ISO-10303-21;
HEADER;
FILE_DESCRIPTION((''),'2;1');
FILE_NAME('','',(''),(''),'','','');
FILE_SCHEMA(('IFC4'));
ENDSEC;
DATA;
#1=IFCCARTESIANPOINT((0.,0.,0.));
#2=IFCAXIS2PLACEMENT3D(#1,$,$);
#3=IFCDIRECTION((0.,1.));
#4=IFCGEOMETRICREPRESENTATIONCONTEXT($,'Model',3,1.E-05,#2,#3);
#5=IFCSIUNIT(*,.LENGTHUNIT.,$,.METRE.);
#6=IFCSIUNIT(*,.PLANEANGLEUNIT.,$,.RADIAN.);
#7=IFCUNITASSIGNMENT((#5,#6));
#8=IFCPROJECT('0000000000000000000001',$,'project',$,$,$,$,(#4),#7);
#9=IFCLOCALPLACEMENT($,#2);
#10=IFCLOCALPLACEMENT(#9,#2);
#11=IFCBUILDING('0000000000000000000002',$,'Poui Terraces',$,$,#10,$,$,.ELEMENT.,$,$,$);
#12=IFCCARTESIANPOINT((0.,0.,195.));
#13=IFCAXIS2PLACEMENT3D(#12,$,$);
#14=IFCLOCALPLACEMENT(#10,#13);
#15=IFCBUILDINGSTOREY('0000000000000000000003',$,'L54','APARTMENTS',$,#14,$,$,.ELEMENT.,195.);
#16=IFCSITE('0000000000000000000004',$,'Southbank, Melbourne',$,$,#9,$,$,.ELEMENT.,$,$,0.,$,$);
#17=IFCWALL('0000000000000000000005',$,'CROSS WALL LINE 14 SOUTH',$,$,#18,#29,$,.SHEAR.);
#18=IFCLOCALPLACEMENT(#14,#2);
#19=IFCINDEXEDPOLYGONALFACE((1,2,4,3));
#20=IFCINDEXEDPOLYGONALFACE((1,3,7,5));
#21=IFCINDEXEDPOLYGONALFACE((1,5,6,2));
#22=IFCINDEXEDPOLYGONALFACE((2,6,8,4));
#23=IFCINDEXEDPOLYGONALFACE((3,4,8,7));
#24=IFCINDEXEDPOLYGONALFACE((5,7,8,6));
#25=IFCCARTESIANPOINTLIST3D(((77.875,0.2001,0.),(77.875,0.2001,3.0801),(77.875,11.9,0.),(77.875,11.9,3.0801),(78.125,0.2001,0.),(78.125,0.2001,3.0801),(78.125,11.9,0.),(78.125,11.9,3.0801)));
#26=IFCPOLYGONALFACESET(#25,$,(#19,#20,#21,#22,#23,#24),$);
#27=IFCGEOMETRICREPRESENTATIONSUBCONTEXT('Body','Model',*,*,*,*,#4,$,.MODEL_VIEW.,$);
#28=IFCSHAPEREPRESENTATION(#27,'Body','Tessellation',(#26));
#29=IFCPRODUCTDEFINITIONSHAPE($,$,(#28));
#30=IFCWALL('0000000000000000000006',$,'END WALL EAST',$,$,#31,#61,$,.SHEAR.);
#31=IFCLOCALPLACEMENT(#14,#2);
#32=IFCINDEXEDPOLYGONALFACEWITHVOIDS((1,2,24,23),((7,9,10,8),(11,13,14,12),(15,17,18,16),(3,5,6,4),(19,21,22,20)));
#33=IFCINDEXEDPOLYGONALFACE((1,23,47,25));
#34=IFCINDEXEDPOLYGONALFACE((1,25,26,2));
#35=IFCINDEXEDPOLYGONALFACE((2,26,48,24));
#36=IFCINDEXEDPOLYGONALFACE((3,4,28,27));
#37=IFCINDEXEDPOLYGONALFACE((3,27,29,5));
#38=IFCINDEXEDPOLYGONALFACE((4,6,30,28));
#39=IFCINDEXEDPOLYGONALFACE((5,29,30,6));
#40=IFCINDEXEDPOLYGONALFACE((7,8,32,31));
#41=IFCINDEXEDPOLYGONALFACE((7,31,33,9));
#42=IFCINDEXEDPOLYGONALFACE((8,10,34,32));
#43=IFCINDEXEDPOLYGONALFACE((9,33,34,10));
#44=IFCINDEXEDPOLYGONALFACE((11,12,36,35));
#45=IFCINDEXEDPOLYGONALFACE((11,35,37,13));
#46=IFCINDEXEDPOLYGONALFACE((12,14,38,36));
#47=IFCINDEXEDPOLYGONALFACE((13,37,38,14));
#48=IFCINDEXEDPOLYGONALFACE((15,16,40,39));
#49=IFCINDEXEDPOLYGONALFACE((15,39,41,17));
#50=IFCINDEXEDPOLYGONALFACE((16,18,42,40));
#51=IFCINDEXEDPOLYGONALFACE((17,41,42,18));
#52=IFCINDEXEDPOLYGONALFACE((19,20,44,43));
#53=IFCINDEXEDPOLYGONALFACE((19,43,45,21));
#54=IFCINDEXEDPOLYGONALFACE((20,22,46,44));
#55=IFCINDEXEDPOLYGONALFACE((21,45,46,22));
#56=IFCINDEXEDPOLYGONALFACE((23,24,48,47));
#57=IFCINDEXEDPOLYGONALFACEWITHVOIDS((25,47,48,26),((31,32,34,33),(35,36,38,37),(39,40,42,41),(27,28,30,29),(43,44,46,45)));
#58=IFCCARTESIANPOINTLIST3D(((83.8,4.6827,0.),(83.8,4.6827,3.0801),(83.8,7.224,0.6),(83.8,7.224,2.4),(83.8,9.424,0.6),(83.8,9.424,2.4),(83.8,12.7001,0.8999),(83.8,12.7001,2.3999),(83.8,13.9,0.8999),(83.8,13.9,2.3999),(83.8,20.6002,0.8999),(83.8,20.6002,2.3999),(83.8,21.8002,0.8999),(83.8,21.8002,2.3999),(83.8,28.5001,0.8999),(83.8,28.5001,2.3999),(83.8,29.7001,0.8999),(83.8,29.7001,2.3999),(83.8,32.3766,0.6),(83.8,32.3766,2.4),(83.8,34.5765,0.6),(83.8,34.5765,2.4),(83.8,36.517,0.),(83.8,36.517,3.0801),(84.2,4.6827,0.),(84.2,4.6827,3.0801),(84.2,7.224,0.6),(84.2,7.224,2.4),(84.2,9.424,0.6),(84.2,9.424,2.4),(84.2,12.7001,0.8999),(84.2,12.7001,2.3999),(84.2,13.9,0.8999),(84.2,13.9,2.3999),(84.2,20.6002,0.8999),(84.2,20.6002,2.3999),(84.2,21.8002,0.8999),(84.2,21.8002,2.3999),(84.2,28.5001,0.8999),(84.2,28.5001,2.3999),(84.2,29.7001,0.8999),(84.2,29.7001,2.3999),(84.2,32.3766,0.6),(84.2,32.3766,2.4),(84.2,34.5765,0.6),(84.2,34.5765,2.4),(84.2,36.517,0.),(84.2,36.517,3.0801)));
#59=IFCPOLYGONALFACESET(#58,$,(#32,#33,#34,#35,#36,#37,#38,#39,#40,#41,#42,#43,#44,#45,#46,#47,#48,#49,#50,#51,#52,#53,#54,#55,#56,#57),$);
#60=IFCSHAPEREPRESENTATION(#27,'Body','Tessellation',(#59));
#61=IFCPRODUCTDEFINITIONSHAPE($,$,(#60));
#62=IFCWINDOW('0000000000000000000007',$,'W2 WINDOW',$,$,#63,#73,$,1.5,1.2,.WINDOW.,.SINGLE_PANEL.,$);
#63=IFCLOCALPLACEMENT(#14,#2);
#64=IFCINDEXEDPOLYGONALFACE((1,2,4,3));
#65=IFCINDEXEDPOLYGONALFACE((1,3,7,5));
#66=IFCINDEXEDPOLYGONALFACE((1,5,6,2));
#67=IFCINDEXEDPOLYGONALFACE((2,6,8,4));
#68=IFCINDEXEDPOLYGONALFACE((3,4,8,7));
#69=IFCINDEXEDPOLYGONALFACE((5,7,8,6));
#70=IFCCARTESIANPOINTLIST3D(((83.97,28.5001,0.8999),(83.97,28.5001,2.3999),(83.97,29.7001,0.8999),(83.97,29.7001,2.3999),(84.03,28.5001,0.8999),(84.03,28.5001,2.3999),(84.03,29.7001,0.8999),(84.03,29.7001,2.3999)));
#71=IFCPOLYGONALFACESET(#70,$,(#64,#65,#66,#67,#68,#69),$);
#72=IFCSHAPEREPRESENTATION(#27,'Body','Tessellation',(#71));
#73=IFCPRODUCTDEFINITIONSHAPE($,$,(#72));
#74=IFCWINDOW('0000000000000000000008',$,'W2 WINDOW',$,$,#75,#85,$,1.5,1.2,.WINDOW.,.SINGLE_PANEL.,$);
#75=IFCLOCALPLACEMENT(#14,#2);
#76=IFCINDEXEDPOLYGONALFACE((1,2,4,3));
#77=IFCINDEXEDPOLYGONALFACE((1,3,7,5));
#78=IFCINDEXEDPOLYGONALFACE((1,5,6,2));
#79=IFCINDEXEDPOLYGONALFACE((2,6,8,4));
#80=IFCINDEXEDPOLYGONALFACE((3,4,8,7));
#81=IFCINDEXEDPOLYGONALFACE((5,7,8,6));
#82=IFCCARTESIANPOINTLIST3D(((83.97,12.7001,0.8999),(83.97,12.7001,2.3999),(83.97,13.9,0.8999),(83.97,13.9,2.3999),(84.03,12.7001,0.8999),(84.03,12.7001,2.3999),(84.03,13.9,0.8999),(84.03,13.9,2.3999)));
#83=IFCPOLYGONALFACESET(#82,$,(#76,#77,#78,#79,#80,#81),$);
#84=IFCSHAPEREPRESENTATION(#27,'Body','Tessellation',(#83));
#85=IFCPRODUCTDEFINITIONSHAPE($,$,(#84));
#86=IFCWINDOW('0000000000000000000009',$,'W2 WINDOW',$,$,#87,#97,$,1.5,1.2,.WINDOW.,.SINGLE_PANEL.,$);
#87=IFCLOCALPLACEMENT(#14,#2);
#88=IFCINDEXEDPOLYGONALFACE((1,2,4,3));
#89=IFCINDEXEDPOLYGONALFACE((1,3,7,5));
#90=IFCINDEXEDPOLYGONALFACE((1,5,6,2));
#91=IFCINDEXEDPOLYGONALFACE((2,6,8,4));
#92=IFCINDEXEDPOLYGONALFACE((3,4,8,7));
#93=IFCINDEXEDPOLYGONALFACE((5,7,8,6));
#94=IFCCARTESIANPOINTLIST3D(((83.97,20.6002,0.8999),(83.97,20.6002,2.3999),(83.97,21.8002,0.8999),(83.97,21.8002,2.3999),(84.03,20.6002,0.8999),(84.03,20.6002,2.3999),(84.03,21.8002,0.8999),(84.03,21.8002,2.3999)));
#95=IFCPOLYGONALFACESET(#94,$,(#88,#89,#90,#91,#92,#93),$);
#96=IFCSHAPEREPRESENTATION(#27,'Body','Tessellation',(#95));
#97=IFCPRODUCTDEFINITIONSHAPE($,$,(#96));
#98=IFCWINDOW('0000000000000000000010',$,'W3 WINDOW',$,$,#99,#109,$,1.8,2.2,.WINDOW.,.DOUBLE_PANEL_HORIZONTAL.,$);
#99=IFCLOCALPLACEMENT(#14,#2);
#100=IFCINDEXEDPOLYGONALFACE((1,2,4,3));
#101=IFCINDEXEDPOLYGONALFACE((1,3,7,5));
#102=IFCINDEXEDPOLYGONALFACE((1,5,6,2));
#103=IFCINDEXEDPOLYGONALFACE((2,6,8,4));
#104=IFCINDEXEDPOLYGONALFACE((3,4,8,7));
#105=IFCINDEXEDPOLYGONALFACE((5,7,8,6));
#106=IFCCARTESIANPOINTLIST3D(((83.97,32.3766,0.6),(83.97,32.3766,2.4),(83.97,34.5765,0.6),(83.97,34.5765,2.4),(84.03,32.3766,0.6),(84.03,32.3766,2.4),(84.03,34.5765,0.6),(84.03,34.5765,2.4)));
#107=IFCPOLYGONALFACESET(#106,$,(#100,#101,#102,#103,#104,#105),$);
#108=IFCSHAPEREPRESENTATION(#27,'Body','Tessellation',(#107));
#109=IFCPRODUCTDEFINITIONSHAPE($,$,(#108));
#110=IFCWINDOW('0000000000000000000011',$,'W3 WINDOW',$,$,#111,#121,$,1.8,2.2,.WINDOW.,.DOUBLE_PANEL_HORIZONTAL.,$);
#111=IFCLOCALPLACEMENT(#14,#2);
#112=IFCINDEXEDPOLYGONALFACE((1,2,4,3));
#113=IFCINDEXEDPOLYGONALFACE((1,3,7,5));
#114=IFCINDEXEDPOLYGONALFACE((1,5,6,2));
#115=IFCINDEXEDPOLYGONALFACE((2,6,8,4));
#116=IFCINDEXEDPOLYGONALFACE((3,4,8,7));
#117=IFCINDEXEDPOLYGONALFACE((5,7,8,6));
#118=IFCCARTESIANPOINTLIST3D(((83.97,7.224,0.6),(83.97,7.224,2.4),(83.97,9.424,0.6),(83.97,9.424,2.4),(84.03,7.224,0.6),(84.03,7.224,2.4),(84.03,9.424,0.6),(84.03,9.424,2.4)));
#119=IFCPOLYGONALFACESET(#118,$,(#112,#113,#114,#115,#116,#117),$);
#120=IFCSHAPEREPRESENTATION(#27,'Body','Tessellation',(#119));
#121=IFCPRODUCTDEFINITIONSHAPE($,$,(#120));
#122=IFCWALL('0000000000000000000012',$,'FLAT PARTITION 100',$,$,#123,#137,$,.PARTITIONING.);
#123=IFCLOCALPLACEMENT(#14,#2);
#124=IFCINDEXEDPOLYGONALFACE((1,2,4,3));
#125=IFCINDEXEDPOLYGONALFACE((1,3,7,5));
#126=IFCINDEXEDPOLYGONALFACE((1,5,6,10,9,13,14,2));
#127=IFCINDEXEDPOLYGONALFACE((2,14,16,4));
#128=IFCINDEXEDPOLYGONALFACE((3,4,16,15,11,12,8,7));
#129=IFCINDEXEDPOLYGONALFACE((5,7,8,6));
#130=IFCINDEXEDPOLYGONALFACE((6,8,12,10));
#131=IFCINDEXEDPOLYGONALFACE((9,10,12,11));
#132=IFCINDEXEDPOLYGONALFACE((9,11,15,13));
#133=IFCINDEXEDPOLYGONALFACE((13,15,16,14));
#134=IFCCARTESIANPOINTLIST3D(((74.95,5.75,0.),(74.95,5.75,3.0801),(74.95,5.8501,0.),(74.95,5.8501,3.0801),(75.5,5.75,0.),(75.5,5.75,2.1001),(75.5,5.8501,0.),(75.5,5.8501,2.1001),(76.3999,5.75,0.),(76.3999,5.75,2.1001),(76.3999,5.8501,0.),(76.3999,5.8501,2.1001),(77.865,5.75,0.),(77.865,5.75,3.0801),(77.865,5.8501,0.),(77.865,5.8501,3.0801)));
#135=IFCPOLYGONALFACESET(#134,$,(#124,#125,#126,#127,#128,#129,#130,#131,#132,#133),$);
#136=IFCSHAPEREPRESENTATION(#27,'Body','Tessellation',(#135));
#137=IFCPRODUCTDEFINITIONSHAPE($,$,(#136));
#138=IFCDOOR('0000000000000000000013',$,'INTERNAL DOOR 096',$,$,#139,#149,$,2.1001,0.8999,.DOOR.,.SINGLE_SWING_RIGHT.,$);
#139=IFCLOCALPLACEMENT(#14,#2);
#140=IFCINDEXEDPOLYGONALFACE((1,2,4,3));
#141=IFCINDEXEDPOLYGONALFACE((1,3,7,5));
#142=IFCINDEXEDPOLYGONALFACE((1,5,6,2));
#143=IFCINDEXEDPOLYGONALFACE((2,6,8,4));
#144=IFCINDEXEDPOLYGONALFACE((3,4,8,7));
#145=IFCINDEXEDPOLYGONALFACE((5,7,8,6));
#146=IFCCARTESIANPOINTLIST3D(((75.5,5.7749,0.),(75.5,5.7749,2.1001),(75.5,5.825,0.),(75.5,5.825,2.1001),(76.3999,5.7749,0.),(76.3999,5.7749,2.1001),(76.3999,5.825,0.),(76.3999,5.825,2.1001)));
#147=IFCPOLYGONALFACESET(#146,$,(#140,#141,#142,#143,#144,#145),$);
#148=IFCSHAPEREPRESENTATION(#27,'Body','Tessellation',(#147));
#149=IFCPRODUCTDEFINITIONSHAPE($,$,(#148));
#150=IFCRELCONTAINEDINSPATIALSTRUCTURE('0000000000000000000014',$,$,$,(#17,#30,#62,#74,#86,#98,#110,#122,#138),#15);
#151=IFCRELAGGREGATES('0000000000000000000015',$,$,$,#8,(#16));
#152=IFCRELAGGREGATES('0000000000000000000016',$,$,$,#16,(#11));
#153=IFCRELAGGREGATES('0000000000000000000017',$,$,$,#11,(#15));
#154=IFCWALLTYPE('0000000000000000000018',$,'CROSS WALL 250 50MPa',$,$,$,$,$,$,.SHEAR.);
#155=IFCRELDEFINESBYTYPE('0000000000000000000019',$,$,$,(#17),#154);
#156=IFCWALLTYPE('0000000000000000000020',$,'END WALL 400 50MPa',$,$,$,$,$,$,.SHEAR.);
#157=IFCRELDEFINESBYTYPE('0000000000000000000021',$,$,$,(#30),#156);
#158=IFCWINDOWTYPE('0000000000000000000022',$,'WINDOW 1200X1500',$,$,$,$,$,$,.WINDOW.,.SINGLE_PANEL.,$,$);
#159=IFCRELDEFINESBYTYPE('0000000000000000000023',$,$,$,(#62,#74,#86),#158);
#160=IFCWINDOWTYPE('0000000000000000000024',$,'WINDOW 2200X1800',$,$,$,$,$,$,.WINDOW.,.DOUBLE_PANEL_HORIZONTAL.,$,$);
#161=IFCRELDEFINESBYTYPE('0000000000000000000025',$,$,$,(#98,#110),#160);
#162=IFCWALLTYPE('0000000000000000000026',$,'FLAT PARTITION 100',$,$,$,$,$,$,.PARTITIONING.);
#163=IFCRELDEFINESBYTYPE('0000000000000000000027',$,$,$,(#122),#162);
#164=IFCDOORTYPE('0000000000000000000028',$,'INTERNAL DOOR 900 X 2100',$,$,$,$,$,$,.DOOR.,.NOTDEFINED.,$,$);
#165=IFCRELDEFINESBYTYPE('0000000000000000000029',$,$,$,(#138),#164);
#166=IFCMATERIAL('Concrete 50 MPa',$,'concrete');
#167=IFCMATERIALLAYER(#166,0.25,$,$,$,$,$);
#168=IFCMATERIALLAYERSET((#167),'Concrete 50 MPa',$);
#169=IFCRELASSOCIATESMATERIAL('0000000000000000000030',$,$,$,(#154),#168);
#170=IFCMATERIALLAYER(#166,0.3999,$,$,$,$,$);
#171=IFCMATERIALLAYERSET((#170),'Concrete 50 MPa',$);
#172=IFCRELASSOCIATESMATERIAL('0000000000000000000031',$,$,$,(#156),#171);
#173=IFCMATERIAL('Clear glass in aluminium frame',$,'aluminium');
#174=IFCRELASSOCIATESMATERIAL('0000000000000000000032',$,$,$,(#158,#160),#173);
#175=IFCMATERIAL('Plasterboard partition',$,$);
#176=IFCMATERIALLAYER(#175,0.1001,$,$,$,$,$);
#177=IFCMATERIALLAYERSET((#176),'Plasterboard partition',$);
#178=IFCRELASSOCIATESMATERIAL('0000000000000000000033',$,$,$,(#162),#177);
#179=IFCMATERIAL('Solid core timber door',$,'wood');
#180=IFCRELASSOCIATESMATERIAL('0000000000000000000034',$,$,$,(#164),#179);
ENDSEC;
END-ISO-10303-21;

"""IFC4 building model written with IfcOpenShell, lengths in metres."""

from ifc_helpers import new_model, si_unit, direction, frame, frame_2d, origin, place, context, subcontext, project, spatial, rectangle, extrude, material, layer, layer_set, type_object, element, fill, save


model = new_model("IFC4")

# Units and contexts
model_context = context("Model", 3, precision=1e-05, world=origin(), true_north=direction((0.0, 1.0)))
body_context = subcontext(model_context, "Body", "Model", "MODEL_VIEW")
ifc_project = project(units=[si_unit("LENGTHUNIT", "METRE"), si_unit("PLANEANGLEUNIT", "RADIAN")], contexts=[model_context])

# Site, building, storey
site_placement = place(None, origin())
site = spatial("IfcSite", under=ifc_project, at=site_placement, Name="Southbank, Melbourne", CompositionType="ELEMENT", RefElevation=0.0)
building_placement = place(site_placement, origin())
building = spatial("IfcBuilding", under=site, at=building_placement, Name="Poui Terraces", CompositionType="ELEMENT")
storey_placement = place(building_placement, frame((0.0, 0.0, 195.0)))
storey = spatial("IfcBuildingStorey", under=building, at=storey_placement, Name="L54", Description="APARTMENTS", CompositionType="ELEMENT", Elevation=195.0)

# Wall
ifc_material_1 = material(Name="Concrete 50 MPa", Category="concrete")
ifc_layer_1 = layer(ifc_material_1, 0.25)
ifc_layer_set_1 = layer_set([ifc_layer_1], Name="Concrete 50 MPa")
wall_type_1 = type_object("IfcWallType", Name="CROSS WALL 250 50MPa", PredefinedType="SHEAR", material=ifc_layer_set_1)
wall_1_placement = place(storey_placement, frame((78.0, 0.2, 0.0), z_axis=(0.0, 0.0, 1.0), x_axis=(0.0, 1.0, 0.0)))
element("IfcWall", 1, at=wall_1_placement, inside=storey, type_object=wall_type_1, Name="CROSS WALL LINE 14 SOUTH", PredefinedType="SHEAR", context=body_context, shape_type="SweptSolid", body=[
    extrude(rectangle(XDim=11.7, YDim=0.25, at=frame_2d((5.8501, 0.0))), origin(), (0.0, 0.0, 1.0), 3.0801),
])

# Wall, openings, windows
ifc_layer_2 = layer(ifc_material_1, 0.3999)
ifc_layer_set_2 = layer_set([ifc_layer_2], Name="Concrete 50 MPa")
wall_type_2 = type_object("IfcWallType", Name="END WALL 400 50MPa", PredefinedType="SHEAR", material=ifc_layer_set_2)
wall_2_placement = place(storey_placement, frame((84.0, 4.6829, 0.0), z_axis=(0.0, 0.0, 1.0), x_axis=(0.0, 1.0, 0.0)))
wall_2 = element("IfcWall", 2, at=wall_2_placement, inside=storey, type_object=wall_type_2, Name="END WALL EAST", PredefinedType="SHEAR", context=body_context, shape_type="SweptSolid", body=[
    extrude(rectangle(XDim=31.8342, YDim=0.3999, at=frame_2d((15.917, 0.0))), origin(), (0.0, 0.0, 1.0), 3.0801),
])
opening_1_placement = place(wall_2_placement, frame((23.8171, 0.0, 0.8999)))
opening_1 = element("IfcOpeningElement", 3, at=opening_1_placement, cuts=wall_2, PredefinedType="OPENING", context=body_context, shape_type="SweptSolid", body=[
    extrude(rectangle(XDim=1.2, YDim=1.5, at=frame_2d((0.6001, 0.75))), frame((0.0, 0.21, 0.0), z_axis=(0.0, -1.0, 0.0), x_axis=(1.0, 0.0, 0.0)), (0.0, 0.0, 1.0), 0.4199),
])
opening_2_placement = place(wall_2_placement, frame((8.0171, 0.0, 0.8999)))
opening_2 = element("IfcOpeningElement", 4, at=opening_2_placement, cuts=wall_2, PredefinedType="OPENING", context=body_context, shape_type="SweptSolid", body=[
    extrude(rectangle(XDim=1.2, YDim=1.5, at=frame_2d((0.6001, 0.75))), frame((0.0, 0.21, 0.0), z_axis=(0.0, -1.0, 0.0), x_axis=(1.0, 0.0, 0.0)), (0.0, 0.0, 1.0), 0.4199),
])
opening_3_placement = place(wall_2_placement, frame((27.6936, 0.0, 0.6001)))
opening_3 = element("IfcOpeningElement", 5, at=opening_3_placement, cuts=wall_2, PredefinedType="OPENING", context=body_context, shape_type="SweptSolid", body=[
    extrude(rectangle(XDim=2.2, YDim=1.8, at=frame_2d((1.1001, 0.8999))), frame((0.0, 0.21, 0.0), z_axis=(0.0, -1.0, 0.0), x_axis=(1.0, 0.0, 0.0)), (0.0, 0.0, 1.0), 0.4199),
])
opening_4_placement = place(wall_2_placement, frame((2.541, 0.0, 0.6001)))
opening_4 = element("IfcOpeningElement", 6, at=opening_4_placement, cuts=wall_2, PredefinedType="OPENING", context=body_context, shape_type="SweptSolid", body=[
    extrude(rectangle(XDim=2.2, YDim=1.8, at=frame_2d((1.1001, 0.8999))), frame((0.0, 0.21, 0.0), z_axis=(0.0, -1.0, 0.0), x_axis=(1.0, 0.0, 0.0)), (0.0, 0.0, 1.0), 0.4199),
])
opening_5_placement = place(wall_2_placement, frame((15.9172, 0.0, 0.8999)))
opening_5 = element("IfcOpeningElement", 7, at=opening_5_placement, cuts=wall_2, PredefinedType="OPENING", context=body_context, shape_type="SweptSolid", body=[
    extrude(rectangle(XDim=1.2, YDim=1.5, at=frame_2d((0.6001, 0.75))), frame((0.0, 0.21, 0.0), z_axis=(0.0, -1.0, 0.0), x_axis=(1.0, 0.0, 0.0)), (0.0, 0.0, 1.0), 0.4199),
])
ifc_material_2 = material(Name="Clear glass in aluminium frame", Category="aluminium")
window_type_1 = type_object("IfcWindowType", Name="WINDOW 1200X1500", PartitioningType="SINGLE_PANEL", PredefinedType="WINDOW", material=ifc_material_2)
window_1_placement = place(opening_1_placement, origin())
window_1 = element("IfcWindow", 8, at=window_1_placement, inside=storey, type_object=window_type_1, Name="W2 WINDOW", OverallHeight=1.5, OverallWidth=1.2, PartitioningType="SINGLE_PANEL", PredefinedType="WINDOW", context=body_context, shape_type="SweptSolid", body=[
    extrude(rectangle(XDim=1.2, YDim=1.5, at=frame_2d((0.6001, 0.75))), frame((0.0, 0.03, 0.0), z_axis=(0.0, -1.0, 0.0), x_axis=(1.0, 0.0, 0.0)), (0.0, 0.0, 1.0), 0.0601),
])
fill(opening_1, window_1)
window_2_placement = place(opening_2_placement, origin())
window_2 = element("IfcWindow", 9, at=window_2_placement, inside=storey, type_object=window_type_1, Name="W2 WINDOW", OverallHeight=1.5, OverallWidth=1.2, PartitioningType="SINGLE_PANEL", PredefinedType="WINDOW", context=body_context, shape_type="SweptSolid", body=[
    extrude(rectangle(XDim=1.2, YDim=1.5, at=frame_2d((0.6001, 0.75))), frame((0.0, 0.03, 0.0), z_axis=(0.0, -1.0, 0.0), x_axis=(1.0, 0.0, 0.0)), (0.0, 0.0, 1.0), 0.0601),
])
fill(opening_2, window_2)
window_3_placement = place(opening_5_placement, origin())
window_3 = element("IfcWindow", 10, at=window_3_placement, inside=storey, type_object=window_type_1, Name="W2 WINDOW", OverallHeight=1.5, OverallWidth=1.2, PartitioningType="SINGLE_PANEL", PredefinedType="WINDOW", context=body_context, shape_type="SweptSolid", body=[
    extrude(rectangle(XDim=1.2, YDim=1.5, at=frame_2d((0.6001, 0.75))), frame((0.0, 0.03, 0.0), z_axis=(0.0, -1.0, 0.0), x_axis=(1.0, 0.0, 0.0)), (0.0, 0.0, 1.0), 0.0601),
])
fill(opening_5, window_3)
window_type_2 = type_object("IfcWindowType", Name="WINDOW 2200X1800", PartitioningType="DOUBLE_PANEL_HORIZONTAL", PredefinedType="WINDOW", material=ifc_material_2)
window_4_placement = place(opening_3_placement, origin())
window_4 = element("IfcWindow", 11, at=window_4_placement, inside=storey, type_object=window_type_2, Name="W3 WINDOW", OverallHeight=1.8, OverallWidth=2.2, PartitioningType="DOUBLE_PANEL_HORIZONTAL", PredefinedType="WINDOW", context=body_context, shape_type="SweptSolid", body=[
    extrude(rectangle(XDim=2.2, YDim=1.8, at=frame_2d((1.1001, 0.8999))), frame((0.0, 0.03, 0.0), z_axis=(0.0, -1.0, 0.0), x_axis=(1.0, 0.0, 0.0)), (0.0, 0.0, 1.0), 0.0601),
])
fill(opening_3, window_4)
window_5_placement = place(opening_4_placement, origin())
window_5 = element("IfcWindow", 12, at=window_5_placement, inside=storey, type_object=window_type_2, Name="W3 WINDOW", OverallHeight=1.8, OverallWidth=2.2, PartitioningType="DOUBLE_PANEL_HORIZONTAL", PredefinedType="WINDOW", context=body_context, shape_type="SweptSolid", body=[
    extrude(rectangle(XDim=2.2, YDim=1.8, at=frame_2d((1.1001, 0.8999))), frame((0.0, 0.03, 0.0), z_axis=(0.0, -1.0, 0.0), x_axis=(1.0, 0.0, 0.0)), (0.0, 0.0, 1.0), 0.0601),
])
fill(opening_4, window_5)

# Wall, opening, door
ifc_material_3 = material(Name="Plasterboard partition")
ifc_layer_3 = layer(ifc_material_3, 0.1001)
ifc_layer_set_3 = layer_set([ifc_layer_3], Name="Plasterboard partition")
wall_type_3 = type_object("IfcWallType", Name="FLAT PARTITION 100", PredefinedType="PARTITIONING", material=ifc_layer_set_3)
wall_3_placement = place(storey_placement, frame((74.95, 5.8, 0.0), z_axis=(0.0, 0.0, 1.0), x_axis=(1.0, 0.0, 0.0)))
wall_3 = element("IfcWall", 13, at=wall_3_placement, inside=storey, type_object=wall_type_3, Name="FLAT PARTITION 100", PredefinedType="PARTITIONING", context=body_context, shape_type="SweptSolid", body=[
    extrude(rectangle(XDim=2.915, YDim=0.1001, at=frame_2d((1.4575, 0.0))), origin(), (0.0, 0.0, 1.0), 3.0801),
])
opening_6_placement = place(wall_3_placement, frame((0.55, 0.0, 0.0)))
opening_6 = element("IfcOpeningElement", 14, at=opening_6_placement, cuts=wall_3, PredefinedType="OPENING", context=body_context, shape_type="SweptSolid", body=[
    extrude(rectangle(XDim=0.8999, YDim=2.1001, at=frame_2d((0.45, 1.05))), frame((0.0, 0.0601, 0.0), z_axis=(0.0, -1.0, 0.0), x_axis=(1.0, 0.0, 0.0)), (0.0, 0.0, 1.0), 0.1201),
])
ifc_material_4 = material(Name="Solid core timber door", Category="wood")
door_type_1 = type_object("IfcDoorType", Name="INTERNAL DOOR 900 X 2100", OperationType="NOTDEFINED", PredefinedType="DOOR", material=ifc_material_4)
door_1_placement = place(opening_6_placement, origin())
door_1 = element("IfcDoor", 15, at=door_1_placement, inside=storey, type_object=door_type_1, Name="INTERNAL DOOR 096", OperationType="SINGLE_SWING_RIGHT", OverallHeight=2.1001, OverallWidth=0.8999, PredefinedType="DOOR", context=body_context, shape_type="SweptSolid", body=[
    extrude(rectangle(XDim=0.8999, YDim=2.1001, at=frame_2d((0.45, 1.05))), frame((0.0, 0.0249, 0.0), z_axis=(0.0, -1.0, 0.0), x_axis=(1.0, 0.0, 0.0)), (0.0, 0.0, 1.0), 0.05),
])
fill(opening_6, door_1)

save(model, "model.ifc")
